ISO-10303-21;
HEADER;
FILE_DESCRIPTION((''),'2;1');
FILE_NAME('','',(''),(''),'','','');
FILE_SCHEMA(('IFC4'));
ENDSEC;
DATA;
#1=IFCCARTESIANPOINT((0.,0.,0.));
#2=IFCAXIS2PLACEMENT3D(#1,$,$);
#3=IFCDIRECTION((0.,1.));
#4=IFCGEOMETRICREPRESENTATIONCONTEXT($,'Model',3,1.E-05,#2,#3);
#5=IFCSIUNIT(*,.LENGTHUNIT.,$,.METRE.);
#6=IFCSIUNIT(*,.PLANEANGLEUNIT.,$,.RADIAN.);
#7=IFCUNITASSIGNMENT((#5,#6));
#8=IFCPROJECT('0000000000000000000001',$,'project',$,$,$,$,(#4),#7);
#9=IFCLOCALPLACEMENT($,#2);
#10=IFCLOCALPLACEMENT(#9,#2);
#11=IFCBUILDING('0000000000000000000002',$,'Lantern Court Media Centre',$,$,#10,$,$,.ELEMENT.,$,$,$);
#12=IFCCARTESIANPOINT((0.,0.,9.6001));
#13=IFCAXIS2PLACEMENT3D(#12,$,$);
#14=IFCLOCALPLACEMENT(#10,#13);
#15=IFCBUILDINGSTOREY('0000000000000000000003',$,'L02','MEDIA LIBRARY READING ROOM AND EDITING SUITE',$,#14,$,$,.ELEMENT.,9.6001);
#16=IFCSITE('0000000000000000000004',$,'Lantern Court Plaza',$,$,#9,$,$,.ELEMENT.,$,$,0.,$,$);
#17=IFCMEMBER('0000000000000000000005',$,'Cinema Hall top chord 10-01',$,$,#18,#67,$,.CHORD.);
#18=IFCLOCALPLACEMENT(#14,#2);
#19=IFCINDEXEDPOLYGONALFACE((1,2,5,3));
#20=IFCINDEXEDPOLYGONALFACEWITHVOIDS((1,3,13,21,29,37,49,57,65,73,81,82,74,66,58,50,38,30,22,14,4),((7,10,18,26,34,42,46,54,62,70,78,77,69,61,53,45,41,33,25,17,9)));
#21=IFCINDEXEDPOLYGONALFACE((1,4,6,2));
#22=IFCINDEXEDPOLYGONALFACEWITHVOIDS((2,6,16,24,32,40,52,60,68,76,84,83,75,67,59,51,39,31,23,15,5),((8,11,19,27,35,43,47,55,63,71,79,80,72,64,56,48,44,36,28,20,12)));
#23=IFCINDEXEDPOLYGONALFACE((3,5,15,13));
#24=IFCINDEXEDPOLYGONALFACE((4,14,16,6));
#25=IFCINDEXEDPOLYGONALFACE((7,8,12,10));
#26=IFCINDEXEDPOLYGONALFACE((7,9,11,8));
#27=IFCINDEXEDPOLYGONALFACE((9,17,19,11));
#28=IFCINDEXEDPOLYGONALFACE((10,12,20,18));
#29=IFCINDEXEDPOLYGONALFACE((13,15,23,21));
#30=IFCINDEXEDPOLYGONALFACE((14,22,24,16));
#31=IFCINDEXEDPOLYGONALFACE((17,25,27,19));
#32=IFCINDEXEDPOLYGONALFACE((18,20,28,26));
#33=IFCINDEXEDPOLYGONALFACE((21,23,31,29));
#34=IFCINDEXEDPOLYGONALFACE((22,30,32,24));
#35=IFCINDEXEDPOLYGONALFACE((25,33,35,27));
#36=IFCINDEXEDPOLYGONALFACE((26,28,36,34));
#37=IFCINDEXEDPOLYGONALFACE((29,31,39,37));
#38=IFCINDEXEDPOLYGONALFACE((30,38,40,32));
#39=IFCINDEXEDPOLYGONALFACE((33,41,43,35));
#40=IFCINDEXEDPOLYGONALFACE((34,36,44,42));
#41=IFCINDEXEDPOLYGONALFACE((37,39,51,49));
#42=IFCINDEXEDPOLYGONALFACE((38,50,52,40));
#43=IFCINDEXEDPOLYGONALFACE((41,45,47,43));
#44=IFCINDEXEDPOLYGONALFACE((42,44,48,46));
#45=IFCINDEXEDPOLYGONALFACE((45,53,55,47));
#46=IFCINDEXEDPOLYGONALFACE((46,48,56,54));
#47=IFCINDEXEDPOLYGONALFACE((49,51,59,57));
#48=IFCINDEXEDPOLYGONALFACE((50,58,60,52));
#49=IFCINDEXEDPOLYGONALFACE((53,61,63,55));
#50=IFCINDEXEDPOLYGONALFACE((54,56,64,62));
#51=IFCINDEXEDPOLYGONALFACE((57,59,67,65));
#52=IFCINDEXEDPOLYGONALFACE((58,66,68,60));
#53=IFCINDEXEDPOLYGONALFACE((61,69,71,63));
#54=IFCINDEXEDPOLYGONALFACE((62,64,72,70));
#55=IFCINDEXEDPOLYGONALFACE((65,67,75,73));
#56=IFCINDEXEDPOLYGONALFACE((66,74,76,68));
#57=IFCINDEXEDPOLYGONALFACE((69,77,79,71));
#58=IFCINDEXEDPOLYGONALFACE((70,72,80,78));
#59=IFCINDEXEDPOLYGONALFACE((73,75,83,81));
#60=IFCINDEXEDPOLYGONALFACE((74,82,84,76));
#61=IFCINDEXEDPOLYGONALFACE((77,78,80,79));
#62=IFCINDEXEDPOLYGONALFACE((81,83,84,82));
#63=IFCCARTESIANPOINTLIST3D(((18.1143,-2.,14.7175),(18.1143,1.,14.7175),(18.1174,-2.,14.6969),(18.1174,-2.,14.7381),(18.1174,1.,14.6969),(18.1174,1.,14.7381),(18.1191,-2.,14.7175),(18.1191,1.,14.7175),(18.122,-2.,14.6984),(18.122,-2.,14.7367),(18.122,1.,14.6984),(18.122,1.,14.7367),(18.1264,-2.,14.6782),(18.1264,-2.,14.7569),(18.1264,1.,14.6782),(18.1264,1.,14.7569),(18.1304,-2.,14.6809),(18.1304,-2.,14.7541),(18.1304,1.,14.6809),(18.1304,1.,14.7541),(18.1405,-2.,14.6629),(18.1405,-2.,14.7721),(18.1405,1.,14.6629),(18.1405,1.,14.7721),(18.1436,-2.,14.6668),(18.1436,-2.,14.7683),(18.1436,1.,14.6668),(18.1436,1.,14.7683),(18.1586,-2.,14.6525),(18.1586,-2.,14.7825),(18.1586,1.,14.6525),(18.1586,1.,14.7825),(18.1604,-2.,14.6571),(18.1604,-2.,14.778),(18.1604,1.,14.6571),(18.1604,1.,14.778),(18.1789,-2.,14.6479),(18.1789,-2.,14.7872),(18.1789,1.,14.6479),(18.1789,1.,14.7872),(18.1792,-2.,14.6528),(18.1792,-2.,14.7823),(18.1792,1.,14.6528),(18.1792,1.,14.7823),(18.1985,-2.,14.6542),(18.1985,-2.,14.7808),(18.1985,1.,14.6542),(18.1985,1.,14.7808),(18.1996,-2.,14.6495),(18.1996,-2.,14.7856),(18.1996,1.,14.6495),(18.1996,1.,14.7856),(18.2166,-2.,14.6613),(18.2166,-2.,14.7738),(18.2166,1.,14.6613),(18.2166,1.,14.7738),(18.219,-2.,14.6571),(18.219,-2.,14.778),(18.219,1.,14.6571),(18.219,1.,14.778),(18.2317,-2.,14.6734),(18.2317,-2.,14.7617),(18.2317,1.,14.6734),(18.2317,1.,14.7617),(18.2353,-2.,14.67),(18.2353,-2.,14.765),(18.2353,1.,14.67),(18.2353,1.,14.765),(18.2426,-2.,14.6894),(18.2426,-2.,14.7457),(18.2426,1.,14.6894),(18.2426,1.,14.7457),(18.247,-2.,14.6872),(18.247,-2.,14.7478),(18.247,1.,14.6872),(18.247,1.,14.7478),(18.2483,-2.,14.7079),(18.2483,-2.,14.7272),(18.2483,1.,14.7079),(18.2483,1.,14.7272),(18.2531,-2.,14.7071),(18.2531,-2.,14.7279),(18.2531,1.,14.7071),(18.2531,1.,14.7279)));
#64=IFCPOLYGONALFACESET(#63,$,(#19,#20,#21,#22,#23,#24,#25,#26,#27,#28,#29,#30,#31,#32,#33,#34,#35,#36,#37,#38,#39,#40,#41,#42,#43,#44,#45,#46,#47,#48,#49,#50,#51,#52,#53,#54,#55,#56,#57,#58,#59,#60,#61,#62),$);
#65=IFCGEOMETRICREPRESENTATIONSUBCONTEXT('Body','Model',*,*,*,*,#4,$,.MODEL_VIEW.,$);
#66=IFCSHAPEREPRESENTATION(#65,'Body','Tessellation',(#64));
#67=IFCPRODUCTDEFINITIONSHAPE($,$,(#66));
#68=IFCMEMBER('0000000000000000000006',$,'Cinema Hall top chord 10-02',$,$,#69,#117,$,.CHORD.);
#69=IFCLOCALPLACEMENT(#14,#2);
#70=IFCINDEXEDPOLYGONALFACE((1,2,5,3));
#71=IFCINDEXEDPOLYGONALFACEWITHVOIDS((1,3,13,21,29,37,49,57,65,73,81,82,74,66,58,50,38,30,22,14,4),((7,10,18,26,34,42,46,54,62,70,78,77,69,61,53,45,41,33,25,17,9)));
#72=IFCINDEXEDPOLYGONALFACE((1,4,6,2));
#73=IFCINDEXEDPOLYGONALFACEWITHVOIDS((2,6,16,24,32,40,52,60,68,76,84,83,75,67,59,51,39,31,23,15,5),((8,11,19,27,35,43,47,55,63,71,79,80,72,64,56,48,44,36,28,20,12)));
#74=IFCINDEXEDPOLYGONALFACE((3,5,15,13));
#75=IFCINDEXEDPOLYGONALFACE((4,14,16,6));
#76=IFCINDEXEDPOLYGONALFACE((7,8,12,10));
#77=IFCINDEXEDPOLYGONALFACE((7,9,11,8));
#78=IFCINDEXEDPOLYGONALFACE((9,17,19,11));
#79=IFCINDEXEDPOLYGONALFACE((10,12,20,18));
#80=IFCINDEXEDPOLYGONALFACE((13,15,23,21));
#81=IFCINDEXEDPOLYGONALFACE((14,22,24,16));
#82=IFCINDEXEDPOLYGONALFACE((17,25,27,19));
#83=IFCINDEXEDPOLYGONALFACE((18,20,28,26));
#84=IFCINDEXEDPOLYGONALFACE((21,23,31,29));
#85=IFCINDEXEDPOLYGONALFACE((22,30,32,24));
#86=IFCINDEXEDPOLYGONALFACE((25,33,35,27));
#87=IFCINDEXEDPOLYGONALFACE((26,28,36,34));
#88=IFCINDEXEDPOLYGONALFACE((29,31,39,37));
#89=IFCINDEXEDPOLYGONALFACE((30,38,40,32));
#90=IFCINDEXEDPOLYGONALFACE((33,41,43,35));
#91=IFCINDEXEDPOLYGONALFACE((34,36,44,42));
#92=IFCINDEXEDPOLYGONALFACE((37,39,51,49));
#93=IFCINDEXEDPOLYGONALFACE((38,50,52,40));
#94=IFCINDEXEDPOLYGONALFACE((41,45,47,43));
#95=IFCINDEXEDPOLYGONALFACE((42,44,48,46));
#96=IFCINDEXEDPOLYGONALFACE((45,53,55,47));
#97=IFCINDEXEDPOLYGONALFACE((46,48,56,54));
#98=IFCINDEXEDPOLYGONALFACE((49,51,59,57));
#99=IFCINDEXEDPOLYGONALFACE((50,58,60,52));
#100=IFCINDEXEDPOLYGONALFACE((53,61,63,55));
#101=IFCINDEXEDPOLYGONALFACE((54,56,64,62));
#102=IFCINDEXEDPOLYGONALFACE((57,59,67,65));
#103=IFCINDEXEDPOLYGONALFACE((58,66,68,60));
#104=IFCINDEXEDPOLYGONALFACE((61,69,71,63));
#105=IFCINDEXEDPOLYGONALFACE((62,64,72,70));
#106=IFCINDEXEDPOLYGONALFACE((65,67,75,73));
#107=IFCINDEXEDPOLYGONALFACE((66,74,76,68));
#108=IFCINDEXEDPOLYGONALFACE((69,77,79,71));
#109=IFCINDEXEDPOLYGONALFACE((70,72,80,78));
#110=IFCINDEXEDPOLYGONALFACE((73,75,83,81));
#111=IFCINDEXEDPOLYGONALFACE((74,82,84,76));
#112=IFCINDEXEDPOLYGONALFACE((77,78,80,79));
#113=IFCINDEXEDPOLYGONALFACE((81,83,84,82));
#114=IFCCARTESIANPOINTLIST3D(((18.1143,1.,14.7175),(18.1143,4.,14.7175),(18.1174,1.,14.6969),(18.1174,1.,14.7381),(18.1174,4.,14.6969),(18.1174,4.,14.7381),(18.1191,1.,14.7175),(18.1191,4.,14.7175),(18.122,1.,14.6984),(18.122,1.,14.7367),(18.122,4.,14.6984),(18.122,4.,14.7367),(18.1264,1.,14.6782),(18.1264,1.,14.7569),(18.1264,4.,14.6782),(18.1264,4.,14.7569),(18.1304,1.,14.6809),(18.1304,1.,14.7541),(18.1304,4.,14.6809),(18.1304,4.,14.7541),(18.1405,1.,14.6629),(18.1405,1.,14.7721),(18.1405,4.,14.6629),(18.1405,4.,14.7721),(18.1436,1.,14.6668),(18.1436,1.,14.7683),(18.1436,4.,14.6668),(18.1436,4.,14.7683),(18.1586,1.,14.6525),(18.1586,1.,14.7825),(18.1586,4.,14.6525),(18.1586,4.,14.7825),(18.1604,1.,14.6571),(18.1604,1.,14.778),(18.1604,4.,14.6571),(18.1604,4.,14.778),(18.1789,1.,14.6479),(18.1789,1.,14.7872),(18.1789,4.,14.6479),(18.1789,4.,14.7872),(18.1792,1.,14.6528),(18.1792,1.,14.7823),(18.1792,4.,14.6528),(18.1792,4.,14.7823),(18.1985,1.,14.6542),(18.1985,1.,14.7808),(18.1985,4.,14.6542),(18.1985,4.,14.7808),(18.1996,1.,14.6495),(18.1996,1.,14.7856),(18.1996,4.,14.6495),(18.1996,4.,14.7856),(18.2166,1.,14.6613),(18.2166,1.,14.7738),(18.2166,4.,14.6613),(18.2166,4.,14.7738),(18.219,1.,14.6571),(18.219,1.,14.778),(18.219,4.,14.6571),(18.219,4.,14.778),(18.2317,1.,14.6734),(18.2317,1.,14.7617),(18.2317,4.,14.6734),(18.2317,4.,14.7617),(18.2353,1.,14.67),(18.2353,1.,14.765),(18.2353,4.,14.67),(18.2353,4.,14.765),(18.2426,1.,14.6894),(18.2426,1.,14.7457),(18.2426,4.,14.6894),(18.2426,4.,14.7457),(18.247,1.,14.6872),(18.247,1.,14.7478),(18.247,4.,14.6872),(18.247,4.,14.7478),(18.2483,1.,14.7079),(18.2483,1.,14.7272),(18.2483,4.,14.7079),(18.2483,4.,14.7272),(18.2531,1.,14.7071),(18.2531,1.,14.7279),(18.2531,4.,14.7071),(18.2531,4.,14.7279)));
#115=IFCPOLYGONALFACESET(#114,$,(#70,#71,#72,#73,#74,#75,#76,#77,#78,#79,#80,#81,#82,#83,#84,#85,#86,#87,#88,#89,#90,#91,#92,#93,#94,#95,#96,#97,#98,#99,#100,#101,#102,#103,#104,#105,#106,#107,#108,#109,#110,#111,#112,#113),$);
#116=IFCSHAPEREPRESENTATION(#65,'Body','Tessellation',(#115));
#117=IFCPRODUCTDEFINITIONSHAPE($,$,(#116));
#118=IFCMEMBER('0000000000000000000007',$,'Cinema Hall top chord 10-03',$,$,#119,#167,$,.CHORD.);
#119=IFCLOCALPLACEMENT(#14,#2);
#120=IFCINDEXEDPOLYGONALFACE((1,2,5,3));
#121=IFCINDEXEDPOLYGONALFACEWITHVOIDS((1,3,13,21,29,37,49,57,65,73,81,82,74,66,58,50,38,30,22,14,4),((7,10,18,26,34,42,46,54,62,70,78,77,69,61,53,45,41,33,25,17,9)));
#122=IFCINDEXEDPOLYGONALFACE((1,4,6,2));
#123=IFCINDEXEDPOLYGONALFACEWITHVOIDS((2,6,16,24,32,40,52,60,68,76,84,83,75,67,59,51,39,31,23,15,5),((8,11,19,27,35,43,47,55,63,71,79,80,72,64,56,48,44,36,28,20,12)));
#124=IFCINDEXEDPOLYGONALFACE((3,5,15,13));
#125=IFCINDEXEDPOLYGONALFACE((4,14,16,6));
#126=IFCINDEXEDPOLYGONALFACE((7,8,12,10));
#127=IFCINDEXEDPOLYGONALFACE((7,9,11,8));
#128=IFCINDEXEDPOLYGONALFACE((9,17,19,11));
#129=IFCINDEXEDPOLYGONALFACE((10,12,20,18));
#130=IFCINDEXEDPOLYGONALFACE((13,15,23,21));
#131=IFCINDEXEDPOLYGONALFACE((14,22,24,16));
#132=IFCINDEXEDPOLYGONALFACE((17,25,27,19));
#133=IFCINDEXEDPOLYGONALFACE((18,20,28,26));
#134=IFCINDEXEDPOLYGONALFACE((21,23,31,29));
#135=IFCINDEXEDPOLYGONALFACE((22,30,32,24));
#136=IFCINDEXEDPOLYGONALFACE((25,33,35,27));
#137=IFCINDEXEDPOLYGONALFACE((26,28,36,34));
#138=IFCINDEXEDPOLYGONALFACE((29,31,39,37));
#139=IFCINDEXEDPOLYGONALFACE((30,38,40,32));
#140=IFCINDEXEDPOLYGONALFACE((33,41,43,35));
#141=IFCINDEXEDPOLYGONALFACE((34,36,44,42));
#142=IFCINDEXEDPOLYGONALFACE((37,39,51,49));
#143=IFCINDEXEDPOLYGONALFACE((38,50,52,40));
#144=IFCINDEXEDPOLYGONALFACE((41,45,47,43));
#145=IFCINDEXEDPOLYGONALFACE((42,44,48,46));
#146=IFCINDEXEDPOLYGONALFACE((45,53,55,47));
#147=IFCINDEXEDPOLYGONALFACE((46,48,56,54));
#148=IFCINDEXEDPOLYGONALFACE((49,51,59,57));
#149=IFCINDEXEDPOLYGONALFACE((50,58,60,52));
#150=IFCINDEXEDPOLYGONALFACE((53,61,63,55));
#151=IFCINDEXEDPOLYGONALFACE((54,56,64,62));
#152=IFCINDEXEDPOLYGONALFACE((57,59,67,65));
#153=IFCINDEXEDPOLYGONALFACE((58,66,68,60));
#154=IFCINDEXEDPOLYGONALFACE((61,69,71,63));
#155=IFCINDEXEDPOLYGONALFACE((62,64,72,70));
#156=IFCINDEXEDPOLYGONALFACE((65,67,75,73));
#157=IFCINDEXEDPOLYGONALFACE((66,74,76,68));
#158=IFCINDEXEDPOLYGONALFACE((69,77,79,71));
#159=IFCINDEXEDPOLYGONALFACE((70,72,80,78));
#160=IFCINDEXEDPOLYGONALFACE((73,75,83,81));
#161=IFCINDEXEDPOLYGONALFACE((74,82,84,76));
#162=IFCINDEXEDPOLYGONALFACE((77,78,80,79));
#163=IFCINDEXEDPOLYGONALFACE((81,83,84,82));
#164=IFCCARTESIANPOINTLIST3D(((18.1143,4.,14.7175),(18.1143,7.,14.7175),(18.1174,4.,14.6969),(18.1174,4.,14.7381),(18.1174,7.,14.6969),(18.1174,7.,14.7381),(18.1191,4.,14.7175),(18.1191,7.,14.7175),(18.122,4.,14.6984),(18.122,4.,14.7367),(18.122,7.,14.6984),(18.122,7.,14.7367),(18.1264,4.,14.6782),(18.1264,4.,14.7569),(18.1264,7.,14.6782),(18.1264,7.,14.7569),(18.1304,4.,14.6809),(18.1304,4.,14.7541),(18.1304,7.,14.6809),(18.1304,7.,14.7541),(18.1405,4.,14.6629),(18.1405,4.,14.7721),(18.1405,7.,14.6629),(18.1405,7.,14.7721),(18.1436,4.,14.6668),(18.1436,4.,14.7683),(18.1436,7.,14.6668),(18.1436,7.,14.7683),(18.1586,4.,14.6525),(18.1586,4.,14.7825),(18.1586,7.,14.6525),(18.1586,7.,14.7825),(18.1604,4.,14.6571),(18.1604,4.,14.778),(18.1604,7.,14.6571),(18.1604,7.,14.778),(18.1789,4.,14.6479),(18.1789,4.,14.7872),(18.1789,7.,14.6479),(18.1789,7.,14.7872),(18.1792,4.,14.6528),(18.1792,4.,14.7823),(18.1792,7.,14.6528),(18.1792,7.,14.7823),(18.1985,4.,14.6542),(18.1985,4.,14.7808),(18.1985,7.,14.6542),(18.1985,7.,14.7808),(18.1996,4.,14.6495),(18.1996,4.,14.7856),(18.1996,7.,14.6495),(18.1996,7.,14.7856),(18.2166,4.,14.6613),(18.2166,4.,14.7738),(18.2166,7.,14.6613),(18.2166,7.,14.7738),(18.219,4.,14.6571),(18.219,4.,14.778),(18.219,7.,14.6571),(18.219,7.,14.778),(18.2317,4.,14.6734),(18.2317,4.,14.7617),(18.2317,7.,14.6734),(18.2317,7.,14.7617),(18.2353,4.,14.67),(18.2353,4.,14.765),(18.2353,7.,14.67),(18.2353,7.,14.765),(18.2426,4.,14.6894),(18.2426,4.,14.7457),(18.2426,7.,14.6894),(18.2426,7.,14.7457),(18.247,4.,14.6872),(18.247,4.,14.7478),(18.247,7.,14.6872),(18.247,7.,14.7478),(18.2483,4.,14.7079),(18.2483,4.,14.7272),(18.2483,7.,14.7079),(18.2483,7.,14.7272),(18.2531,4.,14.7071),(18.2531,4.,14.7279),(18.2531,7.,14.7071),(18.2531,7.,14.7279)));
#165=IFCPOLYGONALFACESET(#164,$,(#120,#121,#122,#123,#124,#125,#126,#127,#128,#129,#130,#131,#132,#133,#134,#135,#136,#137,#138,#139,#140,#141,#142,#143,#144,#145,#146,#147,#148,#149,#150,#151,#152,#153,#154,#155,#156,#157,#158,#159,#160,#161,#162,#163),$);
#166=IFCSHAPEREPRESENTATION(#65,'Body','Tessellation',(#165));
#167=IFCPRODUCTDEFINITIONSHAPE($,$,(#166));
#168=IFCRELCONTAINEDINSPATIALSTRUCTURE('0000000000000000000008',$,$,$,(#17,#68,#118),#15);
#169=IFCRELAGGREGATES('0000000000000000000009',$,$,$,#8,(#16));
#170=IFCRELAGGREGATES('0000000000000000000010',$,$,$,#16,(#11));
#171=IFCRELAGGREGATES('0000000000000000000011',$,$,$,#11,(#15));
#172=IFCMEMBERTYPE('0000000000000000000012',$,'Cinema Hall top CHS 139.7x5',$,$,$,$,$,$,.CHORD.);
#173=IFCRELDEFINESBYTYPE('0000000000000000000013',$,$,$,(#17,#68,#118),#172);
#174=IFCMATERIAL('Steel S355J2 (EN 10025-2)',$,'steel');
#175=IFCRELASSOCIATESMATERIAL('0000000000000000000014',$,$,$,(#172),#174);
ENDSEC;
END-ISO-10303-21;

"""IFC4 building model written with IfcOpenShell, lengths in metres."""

from ifc_helpers import new_model, si_unit, direction, frame, origin, origin_2d, place, context, subcontext, project, spatial, hollow_circle, extrude, material, material_profile, profile_set, type_object, element, save


model = new_model("IFC4")

# Units and contexts
model_context = context("Model", 3, precision=1e-05, world=origin(), true_north=direction((0.0, 1.0)))
body_context = subcontext(model_context, "Body", "Model", "MODEL_VIEW")
ifc_project = project(units=[si_unit("LENGTHUNIT", "METRE"), si_unit("PLANEANGLEUNIT", "RADIAN")], contexts=[model_context])

# Site, building, storey
site_placement = place(None, origin())
site = spatial("IfcSite", under=ifc_project, at=site_placement, Name="Lantern Court Plaza", CompositionType="ELEMENT", RefElevation=0.0)
building_placement = place(site_placement, origin())
building = spatial("IfcBuilding", under=site, at=building_placement, Name="Lantern Court Media Centre", CompositionType="ELEMENT")
storey_placement = place(building_placement, frame((0.0, 0.0, 9.6001)))
storey = spatial("IfcBuildingStorey", under=building, at=storey_placement, Name="L02", Description="MEDIA LIBRARY READING ROOM AND EDITING SUITE", CompositionType="ELEMENT", Elevation=9.6001)

# Members
ifc_material = material(Name="Steel S355J2 (EN 10025-2)", Category="steel")
ifc_material_profile_1 = material_profile(ifc_material, hollow_circle(Radius=0.0698, WallThickness=0.0049, at=origin_2d()), Name="Cinema Hall top CHS 139.7x5")
ifc_profile_set_1 = profile_set([ifc_material_profile_1], Name="Steel S355J2 (EN 10025-2)")
member_type_1 = type_object("IfcMemberType", Name="Cinema Hall top CHS 139.7x5", PredefinedType="CHORD", material=ifc_profile_set_1)
for number, where, z_axis, x_axis, name in (
    (1, (18.1841, -2.0, 14.7175), (0.0, 1.0, 0.0), (-1.0, 0.0, 0.0), "Cinema Hall top chord 10-01"),
    (2, (18.1841, 1.0, 14.7175), (0.0, 1.0, 0.0), (-1.0, 0.0, 0.0), "Cinema Hall top chord 10-02"),
    (3, (18.1841, 4.0, 14.7175), (0.0, 1.0, 0.0), (-1.0, 0.0, 0.0), "Cinema Hall top chord 10-03"),
):
    element("IfcMember", number, at=place(storey_placement, frame(where, z_axis=z_axis, x_axis=x_axis)), inside=storey, type_object=member_type_1, Name=name, PredefinedType="CHORD", context=body_context, shape_type="SweptSolid", body=[
        extrude(hollow_circle(Radius=0.0698, WallThickness=0.0049, at=origin_2d()), origin(), (0.0, 0.0, 1.0), 3.0),
    ])

save(model, "model.ifc")
